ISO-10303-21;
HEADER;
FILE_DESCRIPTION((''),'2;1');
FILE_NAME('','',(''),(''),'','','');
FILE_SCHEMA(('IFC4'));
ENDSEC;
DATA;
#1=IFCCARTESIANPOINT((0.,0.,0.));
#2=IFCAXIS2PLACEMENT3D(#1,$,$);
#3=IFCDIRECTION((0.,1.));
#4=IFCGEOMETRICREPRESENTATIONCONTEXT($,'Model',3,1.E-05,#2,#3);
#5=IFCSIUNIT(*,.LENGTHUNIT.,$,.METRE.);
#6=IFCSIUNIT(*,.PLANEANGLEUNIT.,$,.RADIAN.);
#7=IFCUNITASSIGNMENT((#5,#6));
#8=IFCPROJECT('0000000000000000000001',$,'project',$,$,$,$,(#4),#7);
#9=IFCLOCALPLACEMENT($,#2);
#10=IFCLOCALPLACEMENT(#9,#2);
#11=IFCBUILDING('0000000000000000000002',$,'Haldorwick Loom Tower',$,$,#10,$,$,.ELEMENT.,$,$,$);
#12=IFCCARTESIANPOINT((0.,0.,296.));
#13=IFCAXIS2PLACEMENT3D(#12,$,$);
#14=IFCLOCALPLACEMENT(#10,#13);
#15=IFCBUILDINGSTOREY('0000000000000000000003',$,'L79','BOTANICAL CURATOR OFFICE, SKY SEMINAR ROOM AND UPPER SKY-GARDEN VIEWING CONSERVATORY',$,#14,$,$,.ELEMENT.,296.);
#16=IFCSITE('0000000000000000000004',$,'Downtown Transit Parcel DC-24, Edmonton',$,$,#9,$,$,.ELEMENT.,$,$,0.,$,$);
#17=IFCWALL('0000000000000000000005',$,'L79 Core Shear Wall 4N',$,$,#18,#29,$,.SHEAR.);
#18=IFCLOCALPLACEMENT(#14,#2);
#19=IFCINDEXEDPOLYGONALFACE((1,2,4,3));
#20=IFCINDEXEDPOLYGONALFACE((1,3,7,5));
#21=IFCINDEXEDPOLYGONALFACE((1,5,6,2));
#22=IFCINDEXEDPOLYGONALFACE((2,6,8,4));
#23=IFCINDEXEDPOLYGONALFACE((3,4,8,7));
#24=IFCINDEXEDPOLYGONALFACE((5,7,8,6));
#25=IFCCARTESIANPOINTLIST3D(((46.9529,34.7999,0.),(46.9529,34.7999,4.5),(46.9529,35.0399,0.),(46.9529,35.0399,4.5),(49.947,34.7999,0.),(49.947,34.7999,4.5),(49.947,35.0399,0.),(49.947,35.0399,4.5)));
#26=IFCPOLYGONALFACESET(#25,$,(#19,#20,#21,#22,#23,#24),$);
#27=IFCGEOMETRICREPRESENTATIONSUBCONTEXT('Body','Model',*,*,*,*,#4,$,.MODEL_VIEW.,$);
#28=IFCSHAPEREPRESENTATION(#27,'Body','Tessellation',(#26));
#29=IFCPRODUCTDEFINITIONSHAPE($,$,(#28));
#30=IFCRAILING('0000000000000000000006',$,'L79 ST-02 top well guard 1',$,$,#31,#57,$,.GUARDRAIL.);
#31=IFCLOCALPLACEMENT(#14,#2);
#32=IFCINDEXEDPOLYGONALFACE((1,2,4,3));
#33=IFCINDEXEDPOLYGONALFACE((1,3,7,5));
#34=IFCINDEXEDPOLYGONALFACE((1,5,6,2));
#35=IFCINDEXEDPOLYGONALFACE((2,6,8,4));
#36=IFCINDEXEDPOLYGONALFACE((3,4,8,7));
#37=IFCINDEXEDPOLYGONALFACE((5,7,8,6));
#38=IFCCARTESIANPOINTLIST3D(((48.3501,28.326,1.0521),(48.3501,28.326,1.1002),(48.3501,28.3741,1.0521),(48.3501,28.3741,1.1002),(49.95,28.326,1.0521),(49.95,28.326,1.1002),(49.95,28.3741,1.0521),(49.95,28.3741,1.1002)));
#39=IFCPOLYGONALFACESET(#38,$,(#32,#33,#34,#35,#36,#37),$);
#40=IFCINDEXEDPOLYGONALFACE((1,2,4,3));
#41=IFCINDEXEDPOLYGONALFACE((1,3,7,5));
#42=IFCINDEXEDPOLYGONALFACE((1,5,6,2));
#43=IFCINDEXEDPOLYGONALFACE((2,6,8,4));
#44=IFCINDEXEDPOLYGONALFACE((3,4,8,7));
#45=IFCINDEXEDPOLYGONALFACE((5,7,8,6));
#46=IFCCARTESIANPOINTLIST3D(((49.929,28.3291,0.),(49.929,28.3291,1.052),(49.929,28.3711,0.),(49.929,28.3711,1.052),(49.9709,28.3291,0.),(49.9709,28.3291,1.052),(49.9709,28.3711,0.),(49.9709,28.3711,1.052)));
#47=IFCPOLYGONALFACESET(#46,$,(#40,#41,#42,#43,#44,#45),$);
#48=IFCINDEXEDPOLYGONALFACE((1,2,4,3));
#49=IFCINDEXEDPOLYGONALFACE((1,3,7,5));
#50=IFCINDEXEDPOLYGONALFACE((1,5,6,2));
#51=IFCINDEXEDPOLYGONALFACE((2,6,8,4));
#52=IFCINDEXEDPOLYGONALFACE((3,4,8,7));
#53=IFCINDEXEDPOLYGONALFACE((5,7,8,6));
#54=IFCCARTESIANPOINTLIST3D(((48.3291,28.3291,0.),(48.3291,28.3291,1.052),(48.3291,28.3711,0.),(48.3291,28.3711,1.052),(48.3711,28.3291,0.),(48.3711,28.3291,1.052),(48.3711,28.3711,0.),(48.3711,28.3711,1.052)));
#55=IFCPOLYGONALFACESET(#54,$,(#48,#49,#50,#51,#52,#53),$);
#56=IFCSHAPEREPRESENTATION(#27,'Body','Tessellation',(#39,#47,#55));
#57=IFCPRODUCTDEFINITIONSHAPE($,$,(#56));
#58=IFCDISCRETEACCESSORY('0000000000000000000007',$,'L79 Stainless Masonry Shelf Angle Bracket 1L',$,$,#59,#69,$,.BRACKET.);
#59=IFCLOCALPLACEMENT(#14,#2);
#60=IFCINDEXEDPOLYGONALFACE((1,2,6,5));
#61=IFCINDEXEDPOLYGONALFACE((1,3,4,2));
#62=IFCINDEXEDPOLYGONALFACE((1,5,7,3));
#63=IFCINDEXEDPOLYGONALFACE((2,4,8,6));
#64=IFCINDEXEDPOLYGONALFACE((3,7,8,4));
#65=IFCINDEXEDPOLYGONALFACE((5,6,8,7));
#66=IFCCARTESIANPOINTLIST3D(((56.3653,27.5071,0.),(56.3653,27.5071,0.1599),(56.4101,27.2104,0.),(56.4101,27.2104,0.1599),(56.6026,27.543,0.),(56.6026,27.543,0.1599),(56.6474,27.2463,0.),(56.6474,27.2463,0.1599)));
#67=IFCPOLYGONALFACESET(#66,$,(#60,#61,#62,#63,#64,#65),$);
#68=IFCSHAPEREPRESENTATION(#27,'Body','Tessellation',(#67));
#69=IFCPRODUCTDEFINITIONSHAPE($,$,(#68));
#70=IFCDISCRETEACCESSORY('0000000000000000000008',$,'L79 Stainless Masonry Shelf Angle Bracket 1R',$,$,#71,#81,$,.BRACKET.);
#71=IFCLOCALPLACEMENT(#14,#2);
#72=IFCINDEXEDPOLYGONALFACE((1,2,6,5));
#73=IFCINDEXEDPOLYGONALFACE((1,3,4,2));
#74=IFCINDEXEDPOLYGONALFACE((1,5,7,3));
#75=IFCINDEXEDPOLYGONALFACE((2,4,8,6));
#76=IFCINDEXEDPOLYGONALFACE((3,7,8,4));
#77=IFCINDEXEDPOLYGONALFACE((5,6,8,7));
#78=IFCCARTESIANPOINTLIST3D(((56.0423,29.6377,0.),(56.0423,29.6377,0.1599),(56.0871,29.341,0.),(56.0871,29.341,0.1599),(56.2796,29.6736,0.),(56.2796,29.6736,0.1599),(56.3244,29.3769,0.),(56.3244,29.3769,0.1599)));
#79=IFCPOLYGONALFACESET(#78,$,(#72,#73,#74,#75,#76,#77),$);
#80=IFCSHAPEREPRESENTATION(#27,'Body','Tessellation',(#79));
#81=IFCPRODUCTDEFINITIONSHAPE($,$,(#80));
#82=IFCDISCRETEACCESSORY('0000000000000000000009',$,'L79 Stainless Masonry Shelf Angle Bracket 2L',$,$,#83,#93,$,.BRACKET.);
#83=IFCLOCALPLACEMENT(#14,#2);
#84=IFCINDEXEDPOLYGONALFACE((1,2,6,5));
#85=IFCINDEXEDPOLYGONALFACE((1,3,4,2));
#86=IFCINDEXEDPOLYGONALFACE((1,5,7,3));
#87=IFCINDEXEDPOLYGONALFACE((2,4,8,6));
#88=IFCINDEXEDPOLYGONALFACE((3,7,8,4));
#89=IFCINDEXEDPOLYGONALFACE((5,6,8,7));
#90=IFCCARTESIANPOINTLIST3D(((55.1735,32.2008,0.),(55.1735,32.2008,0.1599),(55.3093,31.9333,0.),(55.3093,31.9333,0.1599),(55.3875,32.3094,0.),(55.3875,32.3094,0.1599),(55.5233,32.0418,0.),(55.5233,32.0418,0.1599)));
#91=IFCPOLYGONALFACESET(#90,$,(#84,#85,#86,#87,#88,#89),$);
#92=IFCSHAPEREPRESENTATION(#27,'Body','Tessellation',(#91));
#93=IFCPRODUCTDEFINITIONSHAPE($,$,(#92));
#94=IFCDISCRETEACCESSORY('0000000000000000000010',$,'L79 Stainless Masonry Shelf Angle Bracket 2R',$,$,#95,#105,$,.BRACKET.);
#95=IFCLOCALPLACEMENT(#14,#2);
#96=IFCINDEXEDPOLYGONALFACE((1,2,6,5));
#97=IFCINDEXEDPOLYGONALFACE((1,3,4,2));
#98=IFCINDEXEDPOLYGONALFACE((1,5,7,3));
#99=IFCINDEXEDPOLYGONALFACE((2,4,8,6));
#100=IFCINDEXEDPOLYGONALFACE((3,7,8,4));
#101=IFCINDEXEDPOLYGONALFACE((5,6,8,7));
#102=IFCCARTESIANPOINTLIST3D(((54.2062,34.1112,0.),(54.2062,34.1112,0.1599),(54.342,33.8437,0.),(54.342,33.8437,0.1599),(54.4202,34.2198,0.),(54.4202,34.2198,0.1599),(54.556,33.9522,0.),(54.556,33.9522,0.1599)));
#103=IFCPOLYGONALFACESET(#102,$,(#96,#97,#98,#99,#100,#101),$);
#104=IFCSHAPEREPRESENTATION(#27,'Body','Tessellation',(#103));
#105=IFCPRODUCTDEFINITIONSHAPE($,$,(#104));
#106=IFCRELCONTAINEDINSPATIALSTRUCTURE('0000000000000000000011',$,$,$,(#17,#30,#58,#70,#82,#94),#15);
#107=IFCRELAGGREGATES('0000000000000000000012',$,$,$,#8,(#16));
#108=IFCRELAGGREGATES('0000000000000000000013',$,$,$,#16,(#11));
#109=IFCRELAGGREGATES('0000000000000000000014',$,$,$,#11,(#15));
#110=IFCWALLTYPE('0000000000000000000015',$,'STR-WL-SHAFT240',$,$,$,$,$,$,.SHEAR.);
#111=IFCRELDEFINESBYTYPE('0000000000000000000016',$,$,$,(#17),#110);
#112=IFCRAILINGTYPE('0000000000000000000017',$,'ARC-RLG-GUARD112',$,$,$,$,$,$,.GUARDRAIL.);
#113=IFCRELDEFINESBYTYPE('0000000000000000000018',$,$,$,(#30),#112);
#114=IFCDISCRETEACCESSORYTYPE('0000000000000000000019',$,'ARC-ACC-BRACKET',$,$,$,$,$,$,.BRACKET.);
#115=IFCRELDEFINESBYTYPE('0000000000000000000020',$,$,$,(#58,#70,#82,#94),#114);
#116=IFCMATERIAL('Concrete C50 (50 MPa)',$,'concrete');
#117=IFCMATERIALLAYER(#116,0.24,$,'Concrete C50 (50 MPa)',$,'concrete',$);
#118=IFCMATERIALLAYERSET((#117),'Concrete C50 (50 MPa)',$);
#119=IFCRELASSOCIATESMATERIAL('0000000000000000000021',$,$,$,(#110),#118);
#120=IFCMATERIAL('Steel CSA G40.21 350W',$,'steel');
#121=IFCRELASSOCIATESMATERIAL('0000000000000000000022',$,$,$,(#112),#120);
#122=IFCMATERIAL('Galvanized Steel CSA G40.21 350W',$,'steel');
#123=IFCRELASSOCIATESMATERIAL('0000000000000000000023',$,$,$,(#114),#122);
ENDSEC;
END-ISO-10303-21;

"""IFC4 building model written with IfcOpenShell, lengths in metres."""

from ifc_helpers import new_model, si_unit, direction, frame, frame_2d, origin, origin_2d, place, context, subcontext, project, spatial, rectangle, extrude, material, layer, layer_set, type_object, element, save


model = new_model("IFC4")

# Units and contexts
model_context = context("Model", 3, precision=1e-05, world=origin(), true_north=direction((0.0, 1.0)))
body_context = subcontext(model_context, "Body", "Model", "MODEL_VIEW")
ifc_project = project(units=[si_unit("LENGTHUNIT", "METRE"), si_unit("PLANEANGLEUNIT", "RADIAN")], contexts=[model_context])

# Site, building, storey
site_placement = place(None, origin())
site = spatial("IfcSite", under=ifc_project, at=site_placement, Name="Downtown Transit Parcel DC-24, Edmonton", CompositionType="ELEMENT", RefElevation=0.0)
building_placement = place(site_placement, origin())
building = spatial("IfcBuilding", under=site, at=building_placement, Name="Haldorwick Loom Tower", CompositionType="ELEMENT")
storey_placement = place(building_placement, frame((0.0, 0.0, 296.0)))
storey = spatial("IfcBuildingStorey", under=building, at=storey_placement, Name="L79", Description="BOTANICAL CURATOR OFFICE, SKY SEMINAR ROOM AND UPPER SKY-GARDEN VIEWING CONSERVATORY", CompositionType="ELEMENT", Elevation=296.0)

# Shared definitions
ifc_material_1 = material(Name="Concrete C50 (50 MPa)", Category="concrete")
ifc_material_2 = material(Name="Steel CSA G40.21 350W", Category="steel")

# Wall
ifc_layer_1 = layer(ifc_material_1, 0.24, Name="Concrete C50 (50 MPa)", Category="concrete")
ifc_layer_set_1 = layer_set([ifc_layer_1], Name="Concrete C50 (50 MPa)")
wall_type_1 = type_object("IfcWallType", Name="STR-WL-SHAFT240", PredefinedType="SHEAR", material=ifc_layer_set_1)
wall_1_placement = place(storey_placement, frame((46.9529, 34.9199, 0.0), z_axis=(0.0, 0.0, 1.0), x_axis=(1.0, 0.0, 0.0)))
element("IfcWall", 1, at=wall_1_placement, inside=storey, type_object=wall_type_1, Name="L79 Core Shear Wall 4N", PredefinedType="SHEAR", context=body_context, shape_type="SweptSolid", body=[
    extrude(rectangle(XDim=2.9941, YDim=0.24, at=frame_2d((1.4971, 0.0))), origin(), (0.0, 0.0, 1.0), 4.5),
])

# Railing
railing_type = type_object("IfcRailingType", Name="ARC-RLG-GUARD112", PredefinedType="GUARDRAIL", material=ifc_material_2)
railing_placement = place(storey_placement, frame((49.95, 28.3501, 0.0)))
element("IfcRailing", 2, at=railing_placement, inside=storey, type_object=railing_type, Name="L79 ST-02 top well guard 1", PredefinedType="GUARDRAIL", context=body_context, shape_type="SweptSolid", body=[
    extrude(rectangle(XDim=0.0481, YDim=0.0481, at=origin_2d()), frame((0.0, 0.0, 1.0762), z_axis=(-1.0, 0.0, 0.0), x_axis=(0.0, -1.0, 0.0)), (0.0, 0.0, 1.0), 1.5999),
    extrude(rectangle(XDim=0.042, YDim=0.042, at=origin_2d()), origin(), (0.0, 0.0, 1.0), 1.052),
    extrude(rectangle(XDim=0.042, YDim=0.042, at=origin_2d()), frame((-1.5999, 0.0, 0.0)), (0.0, 0.0, 1.0), 1.052),
])

# Discrete accessories
ifc_material_3 = material(Name="Galvanized Steel CSA G40.21 350W", Category="steel")
discrete_accessory_type = type_object("IfcDiscreteAccessoryType", Name="ARC-ACC-BRACKET", PredefinedType="BRACKET", material=ifc_material_3)
for number, where, z_axis, x_axis, name in (
    (3, (56.5063, 27.3767, 0.0), (0.0, 0.0, 1.0), (-0.149535, 0.988756, 0.0), "L79 Stainless Masonry Shelf Angle Bracket 1L"),
    (4, (56.1833, 29.5073, 0.0), (0.0, 0.0, 1.0), (-0.149535, 0.988756, 0.0), "L79 Stainless Masonry Shelf Angle Bracket 1R"),
    (5, (55.3484, 32.1213, 0.0), (0.0, 0.0, 1.0), (-0.452435, 0.891798, 0.0), "L79 Stainless Masonry Shelf Angle Bracket 2L"),
    (6, (54.3811, 34.0317, 0.0), (0.0, 0.0, 1.0), (-0.452435, 0.891798, 0.0), "L79 Stainless Masonry Shelf Angle Bracket 2R"),
):
    element("IfcDiscreteAccessory", number, at=place(storey_placement, frame(where, z_axis=z_axis, x_axis=x_axis)), inside=storey, type_object=discrete_accessory_type, Name=name, PredefinedType="BRACKET", context=body_context, shape_type="SweptSolid", body=[
        extrude(rectangle(XDim=0.3, YDim=0.24, at=origin_2d()), origin(), (0.0, 0.0, 1.0), 0.1599),
    ])

save(model, "model.ifc")
